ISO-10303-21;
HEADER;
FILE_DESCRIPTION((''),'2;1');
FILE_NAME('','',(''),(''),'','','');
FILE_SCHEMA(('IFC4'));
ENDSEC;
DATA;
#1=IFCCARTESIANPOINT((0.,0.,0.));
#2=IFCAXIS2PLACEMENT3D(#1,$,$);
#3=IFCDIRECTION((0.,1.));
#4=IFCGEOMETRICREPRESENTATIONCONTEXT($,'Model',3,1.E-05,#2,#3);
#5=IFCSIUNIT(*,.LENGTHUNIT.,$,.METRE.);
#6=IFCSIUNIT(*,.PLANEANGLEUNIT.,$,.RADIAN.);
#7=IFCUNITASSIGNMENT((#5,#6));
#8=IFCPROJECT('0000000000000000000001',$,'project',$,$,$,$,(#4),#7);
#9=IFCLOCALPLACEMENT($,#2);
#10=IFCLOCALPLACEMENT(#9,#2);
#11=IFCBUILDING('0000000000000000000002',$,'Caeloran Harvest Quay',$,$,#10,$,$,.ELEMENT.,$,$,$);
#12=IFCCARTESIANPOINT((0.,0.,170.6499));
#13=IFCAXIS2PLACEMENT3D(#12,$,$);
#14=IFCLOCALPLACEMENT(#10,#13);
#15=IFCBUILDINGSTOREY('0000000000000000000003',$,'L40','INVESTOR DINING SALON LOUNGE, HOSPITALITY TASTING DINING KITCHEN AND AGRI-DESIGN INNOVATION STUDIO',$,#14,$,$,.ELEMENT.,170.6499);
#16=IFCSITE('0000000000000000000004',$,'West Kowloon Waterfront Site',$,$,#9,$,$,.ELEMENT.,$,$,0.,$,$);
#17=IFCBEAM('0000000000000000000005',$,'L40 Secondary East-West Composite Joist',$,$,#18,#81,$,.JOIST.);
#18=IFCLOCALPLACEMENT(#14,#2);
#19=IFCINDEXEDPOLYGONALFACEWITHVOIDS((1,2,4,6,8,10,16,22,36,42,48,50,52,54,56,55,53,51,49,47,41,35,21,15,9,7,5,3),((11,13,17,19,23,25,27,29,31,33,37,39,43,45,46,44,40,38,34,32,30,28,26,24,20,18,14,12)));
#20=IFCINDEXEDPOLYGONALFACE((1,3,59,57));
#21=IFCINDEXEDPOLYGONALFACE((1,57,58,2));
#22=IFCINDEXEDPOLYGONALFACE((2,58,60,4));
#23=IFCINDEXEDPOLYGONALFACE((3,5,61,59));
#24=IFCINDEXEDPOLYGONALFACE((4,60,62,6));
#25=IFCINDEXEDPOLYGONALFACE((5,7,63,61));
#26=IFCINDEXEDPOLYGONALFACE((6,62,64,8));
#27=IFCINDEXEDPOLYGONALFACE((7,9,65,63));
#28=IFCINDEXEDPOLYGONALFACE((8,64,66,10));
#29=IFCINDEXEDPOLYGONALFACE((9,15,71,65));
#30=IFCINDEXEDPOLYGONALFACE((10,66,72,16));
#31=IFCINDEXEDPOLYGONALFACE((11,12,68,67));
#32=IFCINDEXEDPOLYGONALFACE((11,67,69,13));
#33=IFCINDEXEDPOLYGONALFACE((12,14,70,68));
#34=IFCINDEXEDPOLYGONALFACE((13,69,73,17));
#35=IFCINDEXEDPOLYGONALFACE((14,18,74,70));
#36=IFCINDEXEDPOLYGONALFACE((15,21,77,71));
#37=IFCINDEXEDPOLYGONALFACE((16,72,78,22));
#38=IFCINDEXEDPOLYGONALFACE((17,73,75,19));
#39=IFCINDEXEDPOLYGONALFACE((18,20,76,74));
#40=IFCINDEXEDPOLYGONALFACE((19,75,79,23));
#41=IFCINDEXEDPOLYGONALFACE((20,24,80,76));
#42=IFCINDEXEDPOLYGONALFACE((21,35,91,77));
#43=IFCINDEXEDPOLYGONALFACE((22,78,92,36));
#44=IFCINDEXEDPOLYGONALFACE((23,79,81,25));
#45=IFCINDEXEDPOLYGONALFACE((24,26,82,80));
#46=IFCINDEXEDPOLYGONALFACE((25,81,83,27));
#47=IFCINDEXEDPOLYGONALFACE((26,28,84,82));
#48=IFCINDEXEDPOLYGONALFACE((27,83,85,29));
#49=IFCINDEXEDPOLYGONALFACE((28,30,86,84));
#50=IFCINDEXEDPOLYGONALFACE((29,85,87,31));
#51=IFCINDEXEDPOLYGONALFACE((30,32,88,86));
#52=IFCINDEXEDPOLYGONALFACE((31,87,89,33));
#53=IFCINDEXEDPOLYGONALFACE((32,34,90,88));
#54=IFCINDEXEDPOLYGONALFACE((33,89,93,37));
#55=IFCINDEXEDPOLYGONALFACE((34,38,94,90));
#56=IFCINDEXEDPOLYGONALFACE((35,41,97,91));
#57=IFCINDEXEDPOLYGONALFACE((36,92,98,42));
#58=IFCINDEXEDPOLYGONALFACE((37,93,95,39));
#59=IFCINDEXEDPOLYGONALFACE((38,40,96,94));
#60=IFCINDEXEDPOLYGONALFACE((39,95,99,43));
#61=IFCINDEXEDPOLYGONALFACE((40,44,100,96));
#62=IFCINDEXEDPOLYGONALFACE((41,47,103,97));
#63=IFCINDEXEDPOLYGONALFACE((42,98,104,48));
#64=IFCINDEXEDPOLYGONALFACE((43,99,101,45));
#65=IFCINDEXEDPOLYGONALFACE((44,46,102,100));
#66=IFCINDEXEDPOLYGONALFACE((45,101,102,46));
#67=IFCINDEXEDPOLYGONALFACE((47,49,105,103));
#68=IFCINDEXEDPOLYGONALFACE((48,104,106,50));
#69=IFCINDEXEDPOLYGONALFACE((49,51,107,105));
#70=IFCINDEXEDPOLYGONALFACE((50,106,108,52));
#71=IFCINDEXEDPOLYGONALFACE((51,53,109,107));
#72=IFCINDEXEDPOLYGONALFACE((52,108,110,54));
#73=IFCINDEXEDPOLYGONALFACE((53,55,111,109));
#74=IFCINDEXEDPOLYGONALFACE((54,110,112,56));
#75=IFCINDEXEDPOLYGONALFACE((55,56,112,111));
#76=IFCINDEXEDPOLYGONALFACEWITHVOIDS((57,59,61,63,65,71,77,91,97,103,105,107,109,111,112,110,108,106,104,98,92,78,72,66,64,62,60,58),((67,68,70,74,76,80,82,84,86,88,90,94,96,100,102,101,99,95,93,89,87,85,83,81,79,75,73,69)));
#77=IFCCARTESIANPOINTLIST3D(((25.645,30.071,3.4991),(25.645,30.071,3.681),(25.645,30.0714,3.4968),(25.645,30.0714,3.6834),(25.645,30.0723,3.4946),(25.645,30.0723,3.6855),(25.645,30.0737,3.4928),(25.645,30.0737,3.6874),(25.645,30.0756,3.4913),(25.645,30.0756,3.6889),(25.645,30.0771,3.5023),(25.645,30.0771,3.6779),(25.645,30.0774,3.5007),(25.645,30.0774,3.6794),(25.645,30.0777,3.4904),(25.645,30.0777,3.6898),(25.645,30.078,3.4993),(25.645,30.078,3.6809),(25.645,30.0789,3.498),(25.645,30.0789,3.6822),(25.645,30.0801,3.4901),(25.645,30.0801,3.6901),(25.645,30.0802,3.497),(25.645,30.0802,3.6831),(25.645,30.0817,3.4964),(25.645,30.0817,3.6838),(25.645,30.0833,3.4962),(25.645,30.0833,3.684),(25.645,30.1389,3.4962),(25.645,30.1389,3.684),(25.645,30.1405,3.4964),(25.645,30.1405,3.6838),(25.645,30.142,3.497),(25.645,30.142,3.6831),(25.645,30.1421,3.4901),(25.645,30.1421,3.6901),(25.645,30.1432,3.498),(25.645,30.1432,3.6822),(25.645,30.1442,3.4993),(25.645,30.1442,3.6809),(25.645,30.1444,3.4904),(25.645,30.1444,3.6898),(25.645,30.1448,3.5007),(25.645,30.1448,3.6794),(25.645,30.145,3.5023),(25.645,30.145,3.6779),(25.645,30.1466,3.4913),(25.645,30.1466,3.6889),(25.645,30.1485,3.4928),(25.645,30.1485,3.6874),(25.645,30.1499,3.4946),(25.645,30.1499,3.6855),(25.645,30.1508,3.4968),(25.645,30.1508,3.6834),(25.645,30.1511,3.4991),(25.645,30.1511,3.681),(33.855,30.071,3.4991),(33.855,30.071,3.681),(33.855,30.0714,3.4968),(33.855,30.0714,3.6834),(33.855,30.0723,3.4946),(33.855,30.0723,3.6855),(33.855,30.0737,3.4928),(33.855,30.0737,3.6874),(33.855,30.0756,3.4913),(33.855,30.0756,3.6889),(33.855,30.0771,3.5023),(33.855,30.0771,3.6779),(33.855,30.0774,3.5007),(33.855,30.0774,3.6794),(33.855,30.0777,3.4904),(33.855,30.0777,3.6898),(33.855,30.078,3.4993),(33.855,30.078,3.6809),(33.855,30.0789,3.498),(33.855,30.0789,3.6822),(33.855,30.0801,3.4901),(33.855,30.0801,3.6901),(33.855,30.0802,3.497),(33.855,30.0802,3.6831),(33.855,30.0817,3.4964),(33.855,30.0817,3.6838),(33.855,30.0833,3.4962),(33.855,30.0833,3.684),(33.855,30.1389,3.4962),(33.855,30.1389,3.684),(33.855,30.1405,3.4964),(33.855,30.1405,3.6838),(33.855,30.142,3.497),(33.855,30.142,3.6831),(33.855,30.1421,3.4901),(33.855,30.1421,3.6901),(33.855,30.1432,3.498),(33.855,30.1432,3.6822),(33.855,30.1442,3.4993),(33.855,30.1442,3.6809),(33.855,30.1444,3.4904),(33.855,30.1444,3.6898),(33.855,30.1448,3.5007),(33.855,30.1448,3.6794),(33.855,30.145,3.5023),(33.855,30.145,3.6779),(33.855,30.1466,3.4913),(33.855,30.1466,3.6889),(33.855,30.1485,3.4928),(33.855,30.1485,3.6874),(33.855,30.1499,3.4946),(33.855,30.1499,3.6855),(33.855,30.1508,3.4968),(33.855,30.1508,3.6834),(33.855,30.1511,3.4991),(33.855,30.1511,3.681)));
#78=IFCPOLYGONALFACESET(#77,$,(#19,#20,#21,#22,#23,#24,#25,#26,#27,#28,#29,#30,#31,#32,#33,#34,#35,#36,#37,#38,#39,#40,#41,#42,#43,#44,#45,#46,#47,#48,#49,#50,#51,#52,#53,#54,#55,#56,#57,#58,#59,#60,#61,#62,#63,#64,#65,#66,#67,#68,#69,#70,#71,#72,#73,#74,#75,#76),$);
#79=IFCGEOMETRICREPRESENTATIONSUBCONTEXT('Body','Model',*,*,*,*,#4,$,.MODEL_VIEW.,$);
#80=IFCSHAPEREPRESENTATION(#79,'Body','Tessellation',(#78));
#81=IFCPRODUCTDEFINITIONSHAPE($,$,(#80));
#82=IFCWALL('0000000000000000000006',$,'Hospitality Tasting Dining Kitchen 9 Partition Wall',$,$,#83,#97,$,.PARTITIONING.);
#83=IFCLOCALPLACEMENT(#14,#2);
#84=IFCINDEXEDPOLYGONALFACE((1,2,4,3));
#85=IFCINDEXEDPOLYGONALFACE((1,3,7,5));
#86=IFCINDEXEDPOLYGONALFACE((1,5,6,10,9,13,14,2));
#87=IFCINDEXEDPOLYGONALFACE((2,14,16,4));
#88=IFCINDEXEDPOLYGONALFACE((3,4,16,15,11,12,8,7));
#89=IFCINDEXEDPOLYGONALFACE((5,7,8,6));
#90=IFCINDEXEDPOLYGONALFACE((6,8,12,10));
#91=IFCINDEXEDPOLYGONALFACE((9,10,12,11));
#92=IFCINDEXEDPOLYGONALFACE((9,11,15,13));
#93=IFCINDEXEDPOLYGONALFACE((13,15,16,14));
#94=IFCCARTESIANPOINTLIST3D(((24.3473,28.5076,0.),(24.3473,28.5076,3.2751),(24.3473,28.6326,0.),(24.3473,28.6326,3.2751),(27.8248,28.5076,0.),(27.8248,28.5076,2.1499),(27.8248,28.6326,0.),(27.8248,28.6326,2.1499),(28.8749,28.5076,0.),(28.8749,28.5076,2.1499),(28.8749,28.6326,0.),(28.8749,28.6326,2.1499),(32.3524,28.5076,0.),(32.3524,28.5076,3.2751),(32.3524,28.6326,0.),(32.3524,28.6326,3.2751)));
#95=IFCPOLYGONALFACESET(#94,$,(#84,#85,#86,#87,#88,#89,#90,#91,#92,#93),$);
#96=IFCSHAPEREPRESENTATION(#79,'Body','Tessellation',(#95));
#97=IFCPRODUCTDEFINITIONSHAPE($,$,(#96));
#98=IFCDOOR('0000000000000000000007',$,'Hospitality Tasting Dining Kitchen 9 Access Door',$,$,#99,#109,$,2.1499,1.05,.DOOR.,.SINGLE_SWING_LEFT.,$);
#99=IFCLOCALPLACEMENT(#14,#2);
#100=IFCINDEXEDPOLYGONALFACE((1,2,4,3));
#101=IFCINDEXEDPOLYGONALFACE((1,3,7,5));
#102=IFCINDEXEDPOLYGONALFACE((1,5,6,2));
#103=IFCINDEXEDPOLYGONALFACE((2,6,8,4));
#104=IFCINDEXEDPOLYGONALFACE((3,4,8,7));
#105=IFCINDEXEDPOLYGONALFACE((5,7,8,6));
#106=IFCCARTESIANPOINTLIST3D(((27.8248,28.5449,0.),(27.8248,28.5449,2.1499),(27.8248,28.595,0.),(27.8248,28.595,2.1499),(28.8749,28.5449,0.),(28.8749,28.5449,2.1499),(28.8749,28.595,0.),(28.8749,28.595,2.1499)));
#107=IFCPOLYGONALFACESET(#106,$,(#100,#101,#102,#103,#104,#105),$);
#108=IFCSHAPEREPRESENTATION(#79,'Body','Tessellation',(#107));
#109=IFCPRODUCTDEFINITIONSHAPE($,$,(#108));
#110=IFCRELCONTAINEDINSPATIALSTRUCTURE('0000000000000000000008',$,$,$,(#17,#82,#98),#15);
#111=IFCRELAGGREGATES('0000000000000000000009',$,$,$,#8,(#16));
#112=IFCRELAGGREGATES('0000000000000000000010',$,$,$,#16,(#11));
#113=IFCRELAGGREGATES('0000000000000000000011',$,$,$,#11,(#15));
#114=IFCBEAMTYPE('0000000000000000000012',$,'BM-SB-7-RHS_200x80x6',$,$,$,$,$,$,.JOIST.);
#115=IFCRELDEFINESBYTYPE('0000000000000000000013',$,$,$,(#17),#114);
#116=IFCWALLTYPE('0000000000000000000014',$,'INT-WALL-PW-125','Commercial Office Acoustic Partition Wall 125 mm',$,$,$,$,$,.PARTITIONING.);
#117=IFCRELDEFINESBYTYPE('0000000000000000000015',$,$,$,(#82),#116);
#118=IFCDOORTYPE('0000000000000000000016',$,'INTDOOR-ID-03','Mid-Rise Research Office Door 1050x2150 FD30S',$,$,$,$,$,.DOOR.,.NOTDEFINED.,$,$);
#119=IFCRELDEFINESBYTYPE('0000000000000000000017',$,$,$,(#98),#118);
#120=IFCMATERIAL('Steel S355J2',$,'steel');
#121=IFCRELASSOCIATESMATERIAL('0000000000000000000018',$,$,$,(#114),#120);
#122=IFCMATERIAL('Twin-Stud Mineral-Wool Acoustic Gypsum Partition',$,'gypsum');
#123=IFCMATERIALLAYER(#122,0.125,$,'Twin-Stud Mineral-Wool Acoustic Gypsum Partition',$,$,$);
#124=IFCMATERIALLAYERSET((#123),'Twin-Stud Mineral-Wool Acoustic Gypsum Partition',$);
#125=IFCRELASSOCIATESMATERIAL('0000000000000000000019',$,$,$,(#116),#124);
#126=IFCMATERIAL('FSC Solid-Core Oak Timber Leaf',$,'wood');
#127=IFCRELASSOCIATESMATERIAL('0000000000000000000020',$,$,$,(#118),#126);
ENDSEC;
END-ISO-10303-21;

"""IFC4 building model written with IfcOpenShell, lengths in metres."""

from ifc_helpers import new_model, si_unit, direction, frame, frame_2d, origin, origin_2d, place, context, subcontext, project, spatial, rectangle, hollow_rectangle, extrude, material, layer, layer_set, material_profile, profile_set, type_object, element, fill, save


model = new_model("IFC4")

# Units and contexts
model_context = context("Model", 3, precision=1e-05, world=origin(), true_north=direction((0.0, 1.0)))
body_context = subcontext(model_context, "Body", "Model", "MODEL_VIEW")
ifc_project = project(units=[si_unit("LENGTHUNIT", "METRE"), si_unit("PLANEANGLEUNIT", "RADIAN")], contexts=[model_context])

# Site, building, storey
site_placement = place(None, origin())
site = spatial("IfcSite", under=ifc_project, at=site_placement, Name="West Kowloon Waterfront Site", CompositionType="ELEMENT", RefElevation=0.0)
building_placement = place(site_placement, origin())
building = spatial("IfcBuilding", under=site, at=building_placement, Name="Caeloran Harvest Quay", CompositionType="ELEMENT")
storey_placement = place(building_placement, frame((0.0, 0.0, 170.6499)))
storey = spatial("IfcBuildingStorey", under=building, at=storey_placement, Name="L40", Description="INVESTOR DINING SALON LOUNGE, HOSPITALITY TASTING DINING KITCHEN AND AGRI-DESIGN INNOVATION STUDIO", CompositionType="ELEMENT", Elevation=170.6499)

# Beam
ifc_material_1 = material(Name="Steel S355J2", Category="steel")
ifc_material_profile_1 = material_profile(ifc_material_1, hollow_rectangle(XDim=0.0801, YDim=0.2, WallThickness=0.0061, InnerFilletRadius=0.0061, OuterFilletRadius=0.009, at=origin_2d()), Name="RHS 200x80x6")
ifc_profile_set_1 = profile_set([ifc_material_profile_1], Name="Steel S355J2")
beam_type_1 = type_object("IfcBeamType", Name="BM-SB-7-RHS_200x80x6", PredefinedType="JOIST", material=ifc_profile_set_1)
for number, where, z_axis, x_axis, name in (
    (1, (25.645, 30.1111, 3.5901), (1.0, 0.0, 0.0), (0.0, 1.0, 0.0), "L40 Secondary East-West Composite Joist"),
):
    element("IfcBeam", number, at=place(storey_placement, frame(where, z_axis=z_axis, x_axis=x_axis)), inside=storey, type_object=beam_type_1, Name=name, PredefinedType="JOIST", context=body_context, shape_type="SweptSolid", body=[
        extrude(hollow_rectangle(XDim=0.0801, YDim=0.2, WallThickness=0.0061, InnerFilletRadius=0.0061, OuterFilletRadius=0.009, at=origin_2d()), origin(), (0.0, 0.0, 1.0), 8.21),
    ])

# Wall, opening, door
ifc_material_2 = material(Name="Twin-Stud Mineral-Wool Acoustic Gypsum Partition", Category="gypsum")
ifc_layer = layer(ifc_material_2, 0.125, Name="Twin-Stud Mineral-Wool Acoustic Gypsum Partition")
ifc_layer_set = layer_set([ifc_layer], Name="Twin-Stud Mineral-Wool Acoustic Gypsum Partition")
wall_type = type_object("IfcWallType", Name="INT-WALL-PW-125", Description="Commercial Office Acoustic Partition Wall 125 mm", PredefinedType="PARTITIONING", material=ifc_layer_set)
wall_placement = place(storey_placement, frame((24.3474, 28.5701, 0.0), z_axis=(0.0, 0.0, 1.0), x_axis=(1.0, 0.0, 0.0)))
wall = element("IfcWall", 2, at=wall_placement, inside=storey, type_object=wall_type, Name="Hospitality Tasting Dining Kitchen 9 Partition Wall", PredefinedType="PARTITIONING", context=body_context, shape_type="SweptSolid", body=[
    extrude(rectangle(XDim=8.0051, YDim=0.125, at=frame_2d((4.0024, 0.0))), origin(), (0.0, 0.0, 1.0), 3.2751),
])
opening_placement = place(wall_placement, frame((3.4775, 0.0, 0.0)))
opening = element("IfcOpeningElement", 3, at=opening_placement, cuts=wall, PredefinedType="OPENING", context=body_context, shape_type="SweptSolid", body=[
    extrude(rectangle(XDim=1.05, YDim=2.1499, at=frame_2d((0.5249, 1.075))), frame((0.0, 0.0725, 0.0), z_axis=(0.0, -1.0, 0.0), x_axis=(1.0, 0.0, 0.0)), (0.0, 0.0, 1.0), 0.145),
])
ifc_material_3 = material(Name="FSC Solid-Core Oak Timber Leaf", Category="wood")
door_type = type_object("IfcDoorType", Name="INTDOOR-ID-03", Description="Mid-Rise Research Office Door 1050x2150 FD30S", OperationType="NOTDEFINED", PredefinedType="DOOR", material=ifc_material_3)
door_placement = place(opening_placement, origin())
door = element("IfcDoor", 4, at=door_placement, inside=storey, type_object=door_type, Name="Hospitality Tasting Dining Kitchen 9 Access Door", OperationType="SINGLE_SWING_LEFT", OverallHeight=2.1499, OverallWidth=1.05, PredefinedType="DOOR", context=body_context, shape_type="SweptSolid", body=[
    extrude(rectangle(XDim=1.05, YDim=2.1499, at=frame_2d((0.5249, 1.075))), frame((0.0, 0.0249, 0.0), z_axis=(0.0, -1.0, 0.0), x_axis=(1.0, 0.0, 0.0)), (0.0, 0.0, 1.0), 0.05),
])
fill(opening, door)

save(model, "model.ifc")
